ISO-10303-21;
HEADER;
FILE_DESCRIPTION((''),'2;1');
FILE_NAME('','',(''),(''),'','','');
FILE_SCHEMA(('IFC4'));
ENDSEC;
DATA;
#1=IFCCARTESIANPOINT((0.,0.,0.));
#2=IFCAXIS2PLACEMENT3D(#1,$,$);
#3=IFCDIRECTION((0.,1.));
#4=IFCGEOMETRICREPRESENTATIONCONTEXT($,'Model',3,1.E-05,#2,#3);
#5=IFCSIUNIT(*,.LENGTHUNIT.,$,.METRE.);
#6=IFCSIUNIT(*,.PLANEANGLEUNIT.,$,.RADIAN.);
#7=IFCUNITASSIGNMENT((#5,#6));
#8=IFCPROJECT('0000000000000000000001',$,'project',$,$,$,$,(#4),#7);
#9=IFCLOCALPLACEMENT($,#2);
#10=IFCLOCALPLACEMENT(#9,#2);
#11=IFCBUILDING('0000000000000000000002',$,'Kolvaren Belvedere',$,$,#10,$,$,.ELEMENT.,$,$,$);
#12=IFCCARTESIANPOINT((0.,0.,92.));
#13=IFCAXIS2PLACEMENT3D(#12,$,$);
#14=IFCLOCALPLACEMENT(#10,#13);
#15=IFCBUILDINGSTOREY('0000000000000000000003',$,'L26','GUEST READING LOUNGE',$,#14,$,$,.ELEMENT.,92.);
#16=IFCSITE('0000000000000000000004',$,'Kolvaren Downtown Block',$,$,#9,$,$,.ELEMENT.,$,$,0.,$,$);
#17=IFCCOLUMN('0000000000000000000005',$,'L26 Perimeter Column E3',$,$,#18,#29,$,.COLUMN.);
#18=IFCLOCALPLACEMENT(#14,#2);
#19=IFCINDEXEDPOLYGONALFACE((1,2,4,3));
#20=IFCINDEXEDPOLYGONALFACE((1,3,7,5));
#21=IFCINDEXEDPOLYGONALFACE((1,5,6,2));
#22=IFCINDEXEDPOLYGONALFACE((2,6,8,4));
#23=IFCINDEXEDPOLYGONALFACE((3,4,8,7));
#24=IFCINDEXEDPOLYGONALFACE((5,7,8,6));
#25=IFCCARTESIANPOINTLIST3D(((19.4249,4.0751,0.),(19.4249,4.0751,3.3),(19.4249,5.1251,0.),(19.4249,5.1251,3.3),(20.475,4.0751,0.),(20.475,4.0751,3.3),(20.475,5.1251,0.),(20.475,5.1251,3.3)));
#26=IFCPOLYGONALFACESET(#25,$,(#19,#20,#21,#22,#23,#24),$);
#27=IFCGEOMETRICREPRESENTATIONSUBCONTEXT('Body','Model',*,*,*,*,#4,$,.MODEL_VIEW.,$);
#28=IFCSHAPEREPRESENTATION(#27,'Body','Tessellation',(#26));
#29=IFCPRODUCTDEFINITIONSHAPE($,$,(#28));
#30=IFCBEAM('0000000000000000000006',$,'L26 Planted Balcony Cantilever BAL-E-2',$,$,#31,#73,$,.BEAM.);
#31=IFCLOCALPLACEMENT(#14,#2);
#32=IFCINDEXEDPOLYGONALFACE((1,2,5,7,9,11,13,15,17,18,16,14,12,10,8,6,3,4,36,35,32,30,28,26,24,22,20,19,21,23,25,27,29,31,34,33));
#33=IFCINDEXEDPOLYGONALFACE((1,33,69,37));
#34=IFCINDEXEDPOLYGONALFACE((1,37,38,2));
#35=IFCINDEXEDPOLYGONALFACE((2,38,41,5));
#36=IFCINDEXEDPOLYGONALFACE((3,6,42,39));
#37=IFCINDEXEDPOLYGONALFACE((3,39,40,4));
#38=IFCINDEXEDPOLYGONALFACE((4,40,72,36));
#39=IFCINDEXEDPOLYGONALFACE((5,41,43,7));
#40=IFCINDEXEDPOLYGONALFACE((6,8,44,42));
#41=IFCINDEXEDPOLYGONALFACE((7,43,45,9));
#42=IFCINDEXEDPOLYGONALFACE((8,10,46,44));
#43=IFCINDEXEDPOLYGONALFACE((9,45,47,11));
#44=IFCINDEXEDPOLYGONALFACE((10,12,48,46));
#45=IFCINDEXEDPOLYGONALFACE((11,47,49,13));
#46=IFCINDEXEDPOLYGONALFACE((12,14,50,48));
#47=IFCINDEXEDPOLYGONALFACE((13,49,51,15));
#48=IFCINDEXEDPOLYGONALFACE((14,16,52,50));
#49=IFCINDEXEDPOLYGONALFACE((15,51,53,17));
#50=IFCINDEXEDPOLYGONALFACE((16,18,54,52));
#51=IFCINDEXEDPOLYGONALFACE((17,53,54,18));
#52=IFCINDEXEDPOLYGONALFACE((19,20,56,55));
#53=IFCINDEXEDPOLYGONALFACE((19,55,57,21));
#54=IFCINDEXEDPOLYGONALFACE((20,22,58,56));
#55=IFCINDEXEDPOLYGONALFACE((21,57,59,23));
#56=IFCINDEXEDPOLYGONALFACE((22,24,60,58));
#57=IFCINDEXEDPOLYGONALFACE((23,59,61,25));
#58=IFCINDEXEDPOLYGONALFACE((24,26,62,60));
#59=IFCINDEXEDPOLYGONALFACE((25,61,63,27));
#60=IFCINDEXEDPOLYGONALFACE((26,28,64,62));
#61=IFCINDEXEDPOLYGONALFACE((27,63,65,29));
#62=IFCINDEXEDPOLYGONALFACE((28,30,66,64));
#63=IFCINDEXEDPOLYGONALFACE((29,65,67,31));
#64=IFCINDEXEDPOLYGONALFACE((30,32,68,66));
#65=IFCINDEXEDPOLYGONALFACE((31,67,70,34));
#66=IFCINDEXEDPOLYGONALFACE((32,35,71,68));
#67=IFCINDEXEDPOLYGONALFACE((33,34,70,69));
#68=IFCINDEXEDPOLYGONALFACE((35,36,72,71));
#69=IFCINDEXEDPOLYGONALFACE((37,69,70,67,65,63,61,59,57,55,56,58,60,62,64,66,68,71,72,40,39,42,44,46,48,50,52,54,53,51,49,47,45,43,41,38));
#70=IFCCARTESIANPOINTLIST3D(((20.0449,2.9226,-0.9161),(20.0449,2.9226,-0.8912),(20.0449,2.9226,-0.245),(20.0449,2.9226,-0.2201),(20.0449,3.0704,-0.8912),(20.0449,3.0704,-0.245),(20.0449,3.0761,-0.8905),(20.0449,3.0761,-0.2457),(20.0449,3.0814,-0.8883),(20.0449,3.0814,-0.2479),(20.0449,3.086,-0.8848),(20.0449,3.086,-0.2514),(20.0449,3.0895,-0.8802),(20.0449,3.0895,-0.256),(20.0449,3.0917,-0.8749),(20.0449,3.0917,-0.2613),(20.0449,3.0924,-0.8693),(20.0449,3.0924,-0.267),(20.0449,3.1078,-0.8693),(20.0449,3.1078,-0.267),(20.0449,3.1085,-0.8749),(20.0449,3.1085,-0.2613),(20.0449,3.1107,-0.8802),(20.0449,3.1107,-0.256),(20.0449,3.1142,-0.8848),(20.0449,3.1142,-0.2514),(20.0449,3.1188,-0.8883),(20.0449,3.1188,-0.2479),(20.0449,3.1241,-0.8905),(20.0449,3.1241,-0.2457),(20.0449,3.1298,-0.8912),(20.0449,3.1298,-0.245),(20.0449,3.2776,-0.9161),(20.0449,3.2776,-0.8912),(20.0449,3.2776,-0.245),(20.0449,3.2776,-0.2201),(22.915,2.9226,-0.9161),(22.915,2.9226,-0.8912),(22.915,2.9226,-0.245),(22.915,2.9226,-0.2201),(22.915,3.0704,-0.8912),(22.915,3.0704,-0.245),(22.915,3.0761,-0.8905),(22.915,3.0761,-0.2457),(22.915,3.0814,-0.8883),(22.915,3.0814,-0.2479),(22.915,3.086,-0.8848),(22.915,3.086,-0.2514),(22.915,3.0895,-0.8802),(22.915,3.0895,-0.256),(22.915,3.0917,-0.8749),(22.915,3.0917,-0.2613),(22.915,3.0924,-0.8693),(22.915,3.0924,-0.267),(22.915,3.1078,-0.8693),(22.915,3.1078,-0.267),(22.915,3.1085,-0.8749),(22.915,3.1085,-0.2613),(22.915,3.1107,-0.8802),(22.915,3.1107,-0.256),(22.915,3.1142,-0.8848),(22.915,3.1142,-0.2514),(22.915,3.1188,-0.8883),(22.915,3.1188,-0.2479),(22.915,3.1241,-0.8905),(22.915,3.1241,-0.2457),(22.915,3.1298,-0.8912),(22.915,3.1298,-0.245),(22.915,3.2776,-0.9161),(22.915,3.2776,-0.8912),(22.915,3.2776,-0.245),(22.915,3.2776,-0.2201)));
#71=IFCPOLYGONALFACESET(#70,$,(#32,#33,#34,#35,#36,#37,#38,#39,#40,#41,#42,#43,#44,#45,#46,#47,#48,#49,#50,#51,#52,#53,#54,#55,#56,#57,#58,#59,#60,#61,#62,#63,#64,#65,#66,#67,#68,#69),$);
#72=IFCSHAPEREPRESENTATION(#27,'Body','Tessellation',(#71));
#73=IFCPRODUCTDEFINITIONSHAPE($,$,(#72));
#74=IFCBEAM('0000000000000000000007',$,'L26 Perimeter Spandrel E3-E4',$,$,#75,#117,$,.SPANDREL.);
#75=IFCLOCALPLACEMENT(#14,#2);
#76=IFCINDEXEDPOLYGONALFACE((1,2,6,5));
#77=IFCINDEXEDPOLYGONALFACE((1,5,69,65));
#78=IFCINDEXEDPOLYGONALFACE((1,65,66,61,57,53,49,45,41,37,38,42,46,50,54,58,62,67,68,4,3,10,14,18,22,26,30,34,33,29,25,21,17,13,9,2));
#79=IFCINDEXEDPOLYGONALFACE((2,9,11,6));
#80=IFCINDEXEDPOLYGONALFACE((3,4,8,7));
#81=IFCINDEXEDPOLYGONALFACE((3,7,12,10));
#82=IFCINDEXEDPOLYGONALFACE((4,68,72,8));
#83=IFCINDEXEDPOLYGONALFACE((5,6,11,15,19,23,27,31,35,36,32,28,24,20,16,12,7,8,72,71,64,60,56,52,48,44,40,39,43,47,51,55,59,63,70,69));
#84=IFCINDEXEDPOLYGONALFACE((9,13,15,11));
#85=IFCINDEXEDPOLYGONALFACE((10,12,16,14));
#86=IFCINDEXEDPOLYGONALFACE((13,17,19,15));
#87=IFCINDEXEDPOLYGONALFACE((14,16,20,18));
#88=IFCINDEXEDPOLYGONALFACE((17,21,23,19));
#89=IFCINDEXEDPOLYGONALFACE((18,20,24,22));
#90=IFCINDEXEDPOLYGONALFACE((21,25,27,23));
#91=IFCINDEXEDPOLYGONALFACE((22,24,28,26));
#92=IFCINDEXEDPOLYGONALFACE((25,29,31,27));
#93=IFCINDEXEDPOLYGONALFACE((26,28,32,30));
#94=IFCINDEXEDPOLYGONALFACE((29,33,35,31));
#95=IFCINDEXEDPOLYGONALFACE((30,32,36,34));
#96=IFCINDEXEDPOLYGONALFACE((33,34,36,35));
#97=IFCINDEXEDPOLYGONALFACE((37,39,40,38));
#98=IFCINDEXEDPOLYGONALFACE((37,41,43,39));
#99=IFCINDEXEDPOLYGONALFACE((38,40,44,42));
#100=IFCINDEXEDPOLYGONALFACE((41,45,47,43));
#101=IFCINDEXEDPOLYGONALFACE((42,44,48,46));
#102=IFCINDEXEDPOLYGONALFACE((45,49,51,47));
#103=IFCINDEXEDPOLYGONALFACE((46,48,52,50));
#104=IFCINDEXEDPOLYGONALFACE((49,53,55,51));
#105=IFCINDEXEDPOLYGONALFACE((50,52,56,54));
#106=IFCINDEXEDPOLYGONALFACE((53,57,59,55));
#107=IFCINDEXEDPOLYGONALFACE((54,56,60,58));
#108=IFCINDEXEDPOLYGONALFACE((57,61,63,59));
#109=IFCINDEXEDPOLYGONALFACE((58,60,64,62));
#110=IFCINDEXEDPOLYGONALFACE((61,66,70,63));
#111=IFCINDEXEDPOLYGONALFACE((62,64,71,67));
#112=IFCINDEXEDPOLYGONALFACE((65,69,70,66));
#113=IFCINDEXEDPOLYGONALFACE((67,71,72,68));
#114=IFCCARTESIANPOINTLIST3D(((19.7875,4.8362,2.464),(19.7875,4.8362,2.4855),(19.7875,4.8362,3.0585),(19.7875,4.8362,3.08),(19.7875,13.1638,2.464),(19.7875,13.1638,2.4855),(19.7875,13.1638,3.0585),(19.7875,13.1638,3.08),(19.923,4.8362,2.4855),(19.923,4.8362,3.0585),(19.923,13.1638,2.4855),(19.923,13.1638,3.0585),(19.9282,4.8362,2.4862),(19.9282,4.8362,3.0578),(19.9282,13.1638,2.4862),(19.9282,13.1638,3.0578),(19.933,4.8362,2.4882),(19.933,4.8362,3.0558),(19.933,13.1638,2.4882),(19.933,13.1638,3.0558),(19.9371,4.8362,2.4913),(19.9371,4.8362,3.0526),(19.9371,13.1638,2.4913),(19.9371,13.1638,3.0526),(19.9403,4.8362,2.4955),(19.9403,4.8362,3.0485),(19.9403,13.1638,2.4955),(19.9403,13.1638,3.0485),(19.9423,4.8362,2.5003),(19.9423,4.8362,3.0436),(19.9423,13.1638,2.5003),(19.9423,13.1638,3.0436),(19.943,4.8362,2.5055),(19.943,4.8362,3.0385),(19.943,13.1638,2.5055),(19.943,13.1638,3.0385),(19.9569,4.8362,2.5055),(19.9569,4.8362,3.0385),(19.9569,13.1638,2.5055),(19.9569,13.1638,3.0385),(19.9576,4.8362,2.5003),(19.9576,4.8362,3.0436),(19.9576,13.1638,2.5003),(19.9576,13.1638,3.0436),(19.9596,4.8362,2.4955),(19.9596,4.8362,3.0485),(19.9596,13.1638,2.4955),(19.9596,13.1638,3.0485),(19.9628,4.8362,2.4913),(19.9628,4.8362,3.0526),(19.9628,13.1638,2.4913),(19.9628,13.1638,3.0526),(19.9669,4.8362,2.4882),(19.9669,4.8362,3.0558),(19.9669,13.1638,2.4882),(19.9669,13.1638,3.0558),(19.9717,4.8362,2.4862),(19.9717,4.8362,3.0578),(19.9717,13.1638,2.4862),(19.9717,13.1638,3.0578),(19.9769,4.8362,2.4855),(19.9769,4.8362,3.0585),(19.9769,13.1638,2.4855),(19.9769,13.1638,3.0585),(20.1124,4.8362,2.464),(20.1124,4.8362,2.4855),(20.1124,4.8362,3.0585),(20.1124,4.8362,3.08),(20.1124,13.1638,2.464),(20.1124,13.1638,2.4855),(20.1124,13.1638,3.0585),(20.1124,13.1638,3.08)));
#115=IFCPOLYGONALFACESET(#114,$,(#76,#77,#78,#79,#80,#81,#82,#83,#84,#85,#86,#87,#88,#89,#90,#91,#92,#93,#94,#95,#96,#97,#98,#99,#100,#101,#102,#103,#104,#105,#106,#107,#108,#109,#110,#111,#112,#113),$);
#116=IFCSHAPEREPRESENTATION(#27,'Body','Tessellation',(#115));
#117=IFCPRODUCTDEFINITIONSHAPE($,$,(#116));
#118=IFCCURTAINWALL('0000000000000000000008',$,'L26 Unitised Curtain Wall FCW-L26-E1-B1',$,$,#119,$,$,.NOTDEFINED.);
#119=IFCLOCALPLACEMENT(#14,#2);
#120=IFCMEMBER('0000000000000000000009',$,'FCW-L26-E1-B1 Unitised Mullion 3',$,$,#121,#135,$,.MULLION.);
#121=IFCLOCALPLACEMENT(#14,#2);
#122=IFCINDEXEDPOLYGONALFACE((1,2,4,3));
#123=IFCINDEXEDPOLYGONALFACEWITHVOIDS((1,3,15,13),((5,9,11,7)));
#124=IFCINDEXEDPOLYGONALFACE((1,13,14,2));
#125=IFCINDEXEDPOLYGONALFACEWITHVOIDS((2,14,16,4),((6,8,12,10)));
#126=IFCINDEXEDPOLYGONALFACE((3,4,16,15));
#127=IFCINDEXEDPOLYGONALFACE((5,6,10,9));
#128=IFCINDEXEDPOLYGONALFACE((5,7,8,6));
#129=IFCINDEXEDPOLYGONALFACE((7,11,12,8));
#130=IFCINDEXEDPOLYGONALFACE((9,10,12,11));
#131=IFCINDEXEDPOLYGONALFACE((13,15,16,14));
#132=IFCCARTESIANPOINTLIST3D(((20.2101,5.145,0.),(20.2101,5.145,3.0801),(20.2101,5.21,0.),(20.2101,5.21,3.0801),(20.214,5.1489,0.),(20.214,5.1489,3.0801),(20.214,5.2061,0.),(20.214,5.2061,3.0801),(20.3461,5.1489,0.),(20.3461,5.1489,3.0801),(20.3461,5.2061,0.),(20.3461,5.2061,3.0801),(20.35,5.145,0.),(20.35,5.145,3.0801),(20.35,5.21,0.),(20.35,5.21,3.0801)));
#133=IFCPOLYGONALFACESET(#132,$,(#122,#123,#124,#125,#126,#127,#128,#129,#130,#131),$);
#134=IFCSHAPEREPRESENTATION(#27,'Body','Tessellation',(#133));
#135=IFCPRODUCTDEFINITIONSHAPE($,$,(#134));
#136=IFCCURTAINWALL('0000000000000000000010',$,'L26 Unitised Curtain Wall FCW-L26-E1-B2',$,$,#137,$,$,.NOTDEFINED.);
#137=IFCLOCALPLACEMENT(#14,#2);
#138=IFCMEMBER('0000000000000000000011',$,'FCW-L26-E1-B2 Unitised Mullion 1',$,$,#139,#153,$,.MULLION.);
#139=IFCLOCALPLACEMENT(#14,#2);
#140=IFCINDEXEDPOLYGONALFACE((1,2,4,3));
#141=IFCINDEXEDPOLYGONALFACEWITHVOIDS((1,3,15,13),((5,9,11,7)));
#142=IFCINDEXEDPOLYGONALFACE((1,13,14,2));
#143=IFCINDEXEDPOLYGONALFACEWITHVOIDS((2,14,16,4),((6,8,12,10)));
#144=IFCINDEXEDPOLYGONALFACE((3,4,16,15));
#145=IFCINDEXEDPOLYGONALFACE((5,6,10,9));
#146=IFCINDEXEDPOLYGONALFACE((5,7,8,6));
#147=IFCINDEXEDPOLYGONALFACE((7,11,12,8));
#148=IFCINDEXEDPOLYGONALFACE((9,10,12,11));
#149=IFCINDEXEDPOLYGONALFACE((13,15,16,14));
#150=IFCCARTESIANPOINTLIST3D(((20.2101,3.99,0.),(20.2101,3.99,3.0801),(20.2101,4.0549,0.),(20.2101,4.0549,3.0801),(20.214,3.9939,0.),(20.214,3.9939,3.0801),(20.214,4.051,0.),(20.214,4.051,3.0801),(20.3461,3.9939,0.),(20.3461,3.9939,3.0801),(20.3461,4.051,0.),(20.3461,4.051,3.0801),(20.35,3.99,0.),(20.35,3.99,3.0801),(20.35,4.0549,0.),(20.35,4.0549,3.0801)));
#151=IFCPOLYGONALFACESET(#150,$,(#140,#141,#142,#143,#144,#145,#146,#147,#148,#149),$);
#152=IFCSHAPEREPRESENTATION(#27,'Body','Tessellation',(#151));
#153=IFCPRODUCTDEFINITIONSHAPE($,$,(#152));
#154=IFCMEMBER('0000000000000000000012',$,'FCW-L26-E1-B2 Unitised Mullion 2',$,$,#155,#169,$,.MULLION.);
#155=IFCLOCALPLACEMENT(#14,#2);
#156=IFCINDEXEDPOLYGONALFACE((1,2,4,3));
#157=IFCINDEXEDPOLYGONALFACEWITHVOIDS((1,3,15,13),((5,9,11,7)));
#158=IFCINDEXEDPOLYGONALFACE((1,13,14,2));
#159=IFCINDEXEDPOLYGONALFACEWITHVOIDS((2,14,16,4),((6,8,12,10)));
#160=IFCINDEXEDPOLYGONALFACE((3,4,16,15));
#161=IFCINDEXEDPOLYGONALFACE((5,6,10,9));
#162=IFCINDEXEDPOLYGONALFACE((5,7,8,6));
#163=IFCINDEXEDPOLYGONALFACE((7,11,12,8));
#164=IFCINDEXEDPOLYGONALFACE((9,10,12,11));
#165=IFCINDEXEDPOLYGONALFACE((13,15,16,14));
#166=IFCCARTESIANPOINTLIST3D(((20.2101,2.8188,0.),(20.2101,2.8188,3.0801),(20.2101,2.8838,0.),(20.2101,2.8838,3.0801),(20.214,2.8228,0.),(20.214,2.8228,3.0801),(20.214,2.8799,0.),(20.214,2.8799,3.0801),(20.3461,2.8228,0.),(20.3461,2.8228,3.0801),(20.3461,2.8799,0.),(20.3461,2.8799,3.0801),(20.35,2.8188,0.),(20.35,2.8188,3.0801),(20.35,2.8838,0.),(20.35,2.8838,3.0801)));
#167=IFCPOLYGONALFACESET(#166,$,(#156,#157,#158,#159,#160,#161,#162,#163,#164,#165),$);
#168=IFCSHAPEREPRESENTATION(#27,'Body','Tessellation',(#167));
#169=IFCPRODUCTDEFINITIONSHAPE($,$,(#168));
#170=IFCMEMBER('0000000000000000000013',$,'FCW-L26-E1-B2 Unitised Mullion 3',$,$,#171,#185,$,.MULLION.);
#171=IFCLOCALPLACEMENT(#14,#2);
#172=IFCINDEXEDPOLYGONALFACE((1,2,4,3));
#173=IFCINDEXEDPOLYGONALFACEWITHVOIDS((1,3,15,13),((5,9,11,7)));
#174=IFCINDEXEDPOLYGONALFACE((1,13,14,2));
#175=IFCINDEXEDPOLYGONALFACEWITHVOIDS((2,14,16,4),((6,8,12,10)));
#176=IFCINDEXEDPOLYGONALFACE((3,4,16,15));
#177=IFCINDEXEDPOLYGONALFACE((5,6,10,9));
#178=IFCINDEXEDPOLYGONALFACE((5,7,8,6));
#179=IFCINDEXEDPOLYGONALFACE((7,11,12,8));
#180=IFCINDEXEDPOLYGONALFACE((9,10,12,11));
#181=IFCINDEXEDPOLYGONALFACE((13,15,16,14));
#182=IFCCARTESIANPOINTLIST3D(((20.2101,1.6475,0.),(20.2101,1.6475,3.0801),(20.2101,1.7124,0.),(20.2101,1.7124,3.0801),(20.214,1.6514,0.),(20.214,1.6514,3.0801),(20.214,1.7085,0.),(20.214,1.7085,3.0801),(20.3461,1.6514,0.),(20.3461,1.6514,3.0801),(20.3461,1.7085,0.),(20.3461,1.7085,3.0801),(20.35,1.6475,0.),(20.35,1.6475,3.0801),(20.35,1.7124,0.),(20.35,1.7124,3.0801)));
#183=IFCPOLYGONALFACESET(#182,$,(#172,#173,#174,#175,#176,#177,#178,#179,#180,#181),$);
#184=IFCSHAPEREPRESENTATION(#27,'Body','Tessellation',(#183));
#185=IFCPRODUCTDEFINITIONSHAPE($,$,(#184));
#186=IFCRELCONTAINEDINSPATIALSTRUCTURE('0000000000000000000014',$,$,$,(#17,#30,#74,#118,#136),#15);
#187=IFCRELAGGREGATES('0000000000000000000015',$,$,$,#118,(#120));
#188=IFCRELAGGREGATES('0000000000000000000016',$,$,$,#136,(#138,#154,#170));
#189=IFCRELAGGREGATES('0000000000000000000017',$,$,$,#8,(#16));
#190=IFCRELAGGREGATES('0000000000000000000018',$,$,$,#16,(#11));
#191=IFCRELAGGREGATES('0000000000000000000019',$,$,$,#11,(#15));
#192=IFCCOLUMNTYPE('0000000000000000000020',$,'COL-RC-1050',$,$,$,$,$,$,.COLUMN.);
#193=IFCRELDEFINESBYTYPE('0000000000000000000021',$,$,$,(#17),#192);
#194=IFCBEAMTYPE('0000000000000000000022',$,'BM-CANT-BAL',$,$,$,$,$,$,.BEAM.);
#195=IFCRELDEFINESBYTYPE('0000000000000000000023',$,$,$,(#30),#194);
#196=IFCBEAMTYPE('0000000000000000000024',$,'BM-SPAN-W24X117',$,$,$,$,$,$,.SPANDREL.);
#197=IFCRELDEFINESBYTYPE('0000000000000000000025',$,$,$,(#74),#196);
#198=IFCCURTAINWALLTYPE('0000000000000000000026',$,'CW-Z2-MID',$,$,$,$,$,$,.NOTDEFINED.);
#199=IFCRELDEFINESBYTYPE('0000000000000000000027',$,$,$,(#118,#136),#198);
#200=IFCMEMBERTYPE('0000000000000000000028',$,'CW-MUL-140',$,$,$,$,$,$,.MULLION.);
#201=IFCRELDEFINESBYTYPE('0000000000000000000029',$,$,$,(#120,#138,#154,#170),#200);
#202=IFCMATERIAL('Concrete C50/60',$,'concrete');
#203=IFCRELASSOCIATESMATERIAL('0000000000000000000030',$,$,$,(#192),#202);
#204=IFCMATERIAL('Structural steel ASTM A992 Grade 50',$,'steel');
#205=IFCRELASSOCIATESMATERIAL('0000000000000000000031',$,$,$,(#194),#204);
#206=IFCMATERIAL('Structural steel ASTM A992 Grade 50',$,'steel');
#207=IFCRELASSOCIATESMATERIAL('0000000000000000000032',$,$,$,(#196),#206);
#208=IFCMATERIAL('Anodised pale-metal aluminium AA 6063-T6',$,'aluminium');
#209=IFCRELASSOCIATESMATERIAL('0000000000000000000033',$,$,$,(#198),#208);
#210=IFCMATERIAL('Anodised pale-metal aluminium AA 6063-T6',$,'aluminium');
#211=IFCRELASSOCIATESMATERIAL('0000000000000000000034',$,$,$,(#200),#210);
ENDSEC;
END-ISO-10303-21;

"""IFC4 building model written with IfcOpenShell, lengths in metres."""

from ifc_helpers import new_model, si_unit, direction, frame, origin, origin_2d, place, context, subcontext, project, spatial, rectangle, hollow_rectangle, i_section, extrude, material, material_profile, profile_set, type_object, element, aggregate, save


model = new_model("IFC4")

# Units and contexts
model_context = context("Model", 3, precision=1e-05, world=origin(), true_north=direction((0.0, 1.0)))
body_context = subcontext(model_context, "Body", "Model", "MODEL_VIEW")
ifc_project = project(units=[si_unit("LENGTHUNIT", "METRE"), si_unit("PLANEANGLEUNIT", "RADIAN")], contexts=[model_context])

# Site, building, storey
site_placement = place(None, origin())
site = spatial("IfcSite", under=ifc_project, at=site_placement, Name="Kolvaren Downtown Block", CompositionType="ELEMENT", RefElevation=0.0)
building_placement = place(site_placement, origin())
building = spatial("IfcBuilding", under=site, at=building_placement, Name="Kolvaren Belvedere", CompositionType="ELEMENT")
storey_placement = place(building_placement, frame((0.0, 0.0, 92.0)))
storey = spatial("IfcBuildingStorey", under=building, at=storey_placement, Name="L26", Description="GUEST READING LOUNGE", CompositionType="ELEMENT", Elevation=92.0)

# Column
ifc_material_1 = material(Name="Concrete C50/60", Category="concrete")
ifc_material_profile_1 = material_profile(ifc_material_1, rectangle(XDim=1.05, YDim=1.05, at=origin_2d()), Name="RC 1050X1050")
ifc_profile_set_1 = profile_set([ifc_material_profile_1], Name="Concrete C50/60")
column_type = type_object("IfcColumnType", Name="COL-RC-1050", PredefinedType="COLUMN", material=ifc_profile_set_1)
column_placement = place(storey_placement, frame((19.95, 4.6001, 0.0), z_axis=(0.0, 0.0, 1.0), x_axis=(1.0, 0.0, 0.0)))
element("IfcColumn", 1, at=column_placement, inside=storey, type_object=column_type, Name="L26 Perimeter Column E3", PredefinedType="COLUMN", context=body_context, shape_type="SweptSolid", body=[
    extrude(rectangle(XDim=1.05, YDim=1.05, at=origin_2d()), origin(), (0.0, 0.0, 1.0), 3.3),
])

# Beams
ifc_material_2 = material(Name="Structural steel ASTM A992 Grade 50", Category="steel")
ifc_material_profile_2 = material_profile(ifc_material_2, i_section(OverallWidth=0.355, OverallDepth=0.696, WebThickness=0.0154, FlangeThickness=0.0249, FilletRadius=0.022, at=origin_2d()), Name="W27X146")
ifc_profile_set_2 = profile_set([ifc_material_profile_2], Name="Structural steel ASTM A992 Grade 50")
beam_type_1 = type_object("IfcBeamType", Name="BM-CANT-BAL", PredefinedType="BEAM", material=ifc_profile_set_2)
beam_1_placement = place(storey_placement, frame((20.0449, 3.1001, -0.5681), z_axis=(1.0, 0.0, 0.0), x_axis=(0.0, 1.0, 0.0)))
element("IfcBeam", 2, at=beam_1_placement, inside=storey, type_object=beam_type_1, Name="L26 Planted Balcony Cantilever BAL-E-2", PredefinedType="BEAM", context=body_context, shape_type="SweptSolid", body=[
    extrude(i_section(OverallWidth=0.355, OverallDepth=0.696, WebThickness=0.0154, FlangeThickness=0.0249, FilletRadius=0.022, at=origin_2d()), origin(), (0.0, 0.0, 1.0), 2.8701),
])
ifc_material_3 = material(Name="Structural steel ASTM A992 Grade 50", Category="steel")
ifc_material_profile_3 = material_profile(ifc_material_3, i_section(OverallWidth=0.325, OverallDepth=0.616, WebThickness=0.0139, FlangeThickness=0.0215, FilletRadius=0.02, at=origin_2d()), Name="W24X117")
ifc_profile_set_3 = profile_set([ifc_material_profile_3], Name="Structural steel ASTM A992 Grade 50")
beam_type_2 = type_object("IfcBeamType", Name="BM-SPAN-W24X117", PredefinedType="SPANDREL", material=ifc_profile_set_3)
beam_2_placement = place(storey_placement, frame((19.95, 4.8362, 2.772), z_axis=(0.0, 1.0, 0.0), x_axis=(-1.0, 0.0, 0.0)))
element("IfcBeam", 3, at=beam_2_placement, inside=storey, type_object=beam_type_2, Name="L26 Perimeter Spandrel E3-E4", PredefinedType="SPANDREL", context=body_context, shape_type="SweptSolid", body=[
    extrude(i_section(OverallWidth=0.325, OverallDepth=0.616, WebThickness=0.0139, FlangeThickness=0.0215, FilletRadius=0.02, at=origin_2d()), origin(), (0.0, 0.0, 1.0), 8.3276),
])

# Curtain wall, member
ifc_material_4 = material(Name="Anodised pale-metal aluminium AA 6063-T6", Category="aluminium")
curtain_wall_type = type_object("IfcCurtainWallType", Name="CW-Z2-MID", PredefinedType="NOTDEFINED", material=ifc_material_4)
curtain_wall_1_placement = place(storey_placement, origin())
curtain_wall_1 = element("IfcCurtainWall", 4, at=curtain_wall_1_placement, inside=storey, type_object=curtain_wall_type, Name="L26 Unitised Curtain Wall FCW-L26-E1-B1", PredefinedType="NOTDEFINED")
ifc_material_5 = material(Name="Anodised pale-metal aluminium AA 6063-T6", Category="aluminium")
ifc_material_profile_4 = material_profile(ifc_material_5, hollow_rectangle(XDim=0.0649, YDim=0.1399, WallThickness=0.0039, at=origin_2d()), Name="ALU-MUL-140X65")
ifc_profile_set_4 = profile_set([ifc_material_profile_4], Name="Anodised pale-metal aluminium AA 6063-T6")
member_type_1 = type_object("IfcMemberType", Name="CW-MUL-140", PredefinedType="MULLION", material=ifc_profile_set_4)
member_1_placement = place(storey_placement, frame((20.28, 5.1775, 0.0), z_axis=(0.0, 0.0, 1.0), x_axis=(0.0, 1.0, 0.0)))
member_1 = element("IfcMember", 5, at=member_1_placement, type_object=member_type_1, Name="FCW-L26-E1-B1 Unitised Mullion 3", PredefinedType="MULLION", context=body_context, shape_type="SweptSolid", body=[
    extrude(hollow_rectangle(XDim=0.0649, YDim=0.1399, WallThickness=0.0039, at=origin_2d()), origin(), (0.0, 0.0, 1.0), 3.0801),
])
aggregate(curtain_wall_1, [member_1])

# Curtain wall, members
curtain_wall_2_placement = place(storey_placement, origin())
curtain_wall_2 = element("IfcCurtainWall", 6, at=curtain_wall_2_placement, inside=storey, type_object=curtain_wall_type, Name="L26 Unitised Curtain Wall FCW-L26-E1-B2", PredefinedType="NOTDEFINED")
member_2_placement = place(storey_placement, frame((20.28, 4.0225, 0.0), z_axis=(0.0, 0.0, 1.0), x_axis=(0.0, 1.0, 0.0)))
member_2 = element("IfcMember", 7, at=member_2_placement, type_object=member_type_1, Name="FCW-L26-E1-B2 Unitised Mullion 1", PredefinedType="MULLION", context=body_context, shape_type="SweptSolid", body=[
    extrude(hollow_rectangle(XDim=0.0649, YDim=0.1399, WallThickness=0.0039, at=origin_2d()), origin(), (0.0, 0.0, 1.0), 3.0801),
])
member_3_placement = place(storey_placement, frame((20.28, 2.8513, 0.0), z_axis=(0.0, 0.0, 1.0), x_axis=(0.0, 1.0, 0.0)))
member_3 = element("IfcMember", 8, at=member_3_placement, type_object=member_type_1, Name="FCW-L26-E1-B2 Unitised Mullion 2", PredefinedType="MULLION", context=body_context, shape_type="SweptSolid", body=[
    extrude(hollow_rectangle(XDim=0.0649, YDim=0.1399, WallThickness=0.0039, at=origin_2d()), origin(), (0.0, 0.0, 1.0), 3.0801),
])
member_4_placement = place(storey_placement, frame((20.28, 1.6799, 0.0), z_axis=(0.0, 0.0, 1.0), x_axis=(0.0, 1.0, 0.0)))
member_4 = element("IfcMember", 9, at=member_4_placement, type_object=member_type_1, Name="FCW-L26-E1-B2 Unitised Mullion 3", PredefinedType="MULLION", context=body_context, shape_type="SweptSolid", body=[
    extrude(hollow_rectangle(XDim=0.0649, YDim=0.1399, WallThickness=0.0039, at=origin_2d()), origin(), (0.0, 0.0, 1.0), 3.0801),
])
aggregate(curtain_wall_2, [member_2, member_3, member_4])

save(model, "model.ifc")
